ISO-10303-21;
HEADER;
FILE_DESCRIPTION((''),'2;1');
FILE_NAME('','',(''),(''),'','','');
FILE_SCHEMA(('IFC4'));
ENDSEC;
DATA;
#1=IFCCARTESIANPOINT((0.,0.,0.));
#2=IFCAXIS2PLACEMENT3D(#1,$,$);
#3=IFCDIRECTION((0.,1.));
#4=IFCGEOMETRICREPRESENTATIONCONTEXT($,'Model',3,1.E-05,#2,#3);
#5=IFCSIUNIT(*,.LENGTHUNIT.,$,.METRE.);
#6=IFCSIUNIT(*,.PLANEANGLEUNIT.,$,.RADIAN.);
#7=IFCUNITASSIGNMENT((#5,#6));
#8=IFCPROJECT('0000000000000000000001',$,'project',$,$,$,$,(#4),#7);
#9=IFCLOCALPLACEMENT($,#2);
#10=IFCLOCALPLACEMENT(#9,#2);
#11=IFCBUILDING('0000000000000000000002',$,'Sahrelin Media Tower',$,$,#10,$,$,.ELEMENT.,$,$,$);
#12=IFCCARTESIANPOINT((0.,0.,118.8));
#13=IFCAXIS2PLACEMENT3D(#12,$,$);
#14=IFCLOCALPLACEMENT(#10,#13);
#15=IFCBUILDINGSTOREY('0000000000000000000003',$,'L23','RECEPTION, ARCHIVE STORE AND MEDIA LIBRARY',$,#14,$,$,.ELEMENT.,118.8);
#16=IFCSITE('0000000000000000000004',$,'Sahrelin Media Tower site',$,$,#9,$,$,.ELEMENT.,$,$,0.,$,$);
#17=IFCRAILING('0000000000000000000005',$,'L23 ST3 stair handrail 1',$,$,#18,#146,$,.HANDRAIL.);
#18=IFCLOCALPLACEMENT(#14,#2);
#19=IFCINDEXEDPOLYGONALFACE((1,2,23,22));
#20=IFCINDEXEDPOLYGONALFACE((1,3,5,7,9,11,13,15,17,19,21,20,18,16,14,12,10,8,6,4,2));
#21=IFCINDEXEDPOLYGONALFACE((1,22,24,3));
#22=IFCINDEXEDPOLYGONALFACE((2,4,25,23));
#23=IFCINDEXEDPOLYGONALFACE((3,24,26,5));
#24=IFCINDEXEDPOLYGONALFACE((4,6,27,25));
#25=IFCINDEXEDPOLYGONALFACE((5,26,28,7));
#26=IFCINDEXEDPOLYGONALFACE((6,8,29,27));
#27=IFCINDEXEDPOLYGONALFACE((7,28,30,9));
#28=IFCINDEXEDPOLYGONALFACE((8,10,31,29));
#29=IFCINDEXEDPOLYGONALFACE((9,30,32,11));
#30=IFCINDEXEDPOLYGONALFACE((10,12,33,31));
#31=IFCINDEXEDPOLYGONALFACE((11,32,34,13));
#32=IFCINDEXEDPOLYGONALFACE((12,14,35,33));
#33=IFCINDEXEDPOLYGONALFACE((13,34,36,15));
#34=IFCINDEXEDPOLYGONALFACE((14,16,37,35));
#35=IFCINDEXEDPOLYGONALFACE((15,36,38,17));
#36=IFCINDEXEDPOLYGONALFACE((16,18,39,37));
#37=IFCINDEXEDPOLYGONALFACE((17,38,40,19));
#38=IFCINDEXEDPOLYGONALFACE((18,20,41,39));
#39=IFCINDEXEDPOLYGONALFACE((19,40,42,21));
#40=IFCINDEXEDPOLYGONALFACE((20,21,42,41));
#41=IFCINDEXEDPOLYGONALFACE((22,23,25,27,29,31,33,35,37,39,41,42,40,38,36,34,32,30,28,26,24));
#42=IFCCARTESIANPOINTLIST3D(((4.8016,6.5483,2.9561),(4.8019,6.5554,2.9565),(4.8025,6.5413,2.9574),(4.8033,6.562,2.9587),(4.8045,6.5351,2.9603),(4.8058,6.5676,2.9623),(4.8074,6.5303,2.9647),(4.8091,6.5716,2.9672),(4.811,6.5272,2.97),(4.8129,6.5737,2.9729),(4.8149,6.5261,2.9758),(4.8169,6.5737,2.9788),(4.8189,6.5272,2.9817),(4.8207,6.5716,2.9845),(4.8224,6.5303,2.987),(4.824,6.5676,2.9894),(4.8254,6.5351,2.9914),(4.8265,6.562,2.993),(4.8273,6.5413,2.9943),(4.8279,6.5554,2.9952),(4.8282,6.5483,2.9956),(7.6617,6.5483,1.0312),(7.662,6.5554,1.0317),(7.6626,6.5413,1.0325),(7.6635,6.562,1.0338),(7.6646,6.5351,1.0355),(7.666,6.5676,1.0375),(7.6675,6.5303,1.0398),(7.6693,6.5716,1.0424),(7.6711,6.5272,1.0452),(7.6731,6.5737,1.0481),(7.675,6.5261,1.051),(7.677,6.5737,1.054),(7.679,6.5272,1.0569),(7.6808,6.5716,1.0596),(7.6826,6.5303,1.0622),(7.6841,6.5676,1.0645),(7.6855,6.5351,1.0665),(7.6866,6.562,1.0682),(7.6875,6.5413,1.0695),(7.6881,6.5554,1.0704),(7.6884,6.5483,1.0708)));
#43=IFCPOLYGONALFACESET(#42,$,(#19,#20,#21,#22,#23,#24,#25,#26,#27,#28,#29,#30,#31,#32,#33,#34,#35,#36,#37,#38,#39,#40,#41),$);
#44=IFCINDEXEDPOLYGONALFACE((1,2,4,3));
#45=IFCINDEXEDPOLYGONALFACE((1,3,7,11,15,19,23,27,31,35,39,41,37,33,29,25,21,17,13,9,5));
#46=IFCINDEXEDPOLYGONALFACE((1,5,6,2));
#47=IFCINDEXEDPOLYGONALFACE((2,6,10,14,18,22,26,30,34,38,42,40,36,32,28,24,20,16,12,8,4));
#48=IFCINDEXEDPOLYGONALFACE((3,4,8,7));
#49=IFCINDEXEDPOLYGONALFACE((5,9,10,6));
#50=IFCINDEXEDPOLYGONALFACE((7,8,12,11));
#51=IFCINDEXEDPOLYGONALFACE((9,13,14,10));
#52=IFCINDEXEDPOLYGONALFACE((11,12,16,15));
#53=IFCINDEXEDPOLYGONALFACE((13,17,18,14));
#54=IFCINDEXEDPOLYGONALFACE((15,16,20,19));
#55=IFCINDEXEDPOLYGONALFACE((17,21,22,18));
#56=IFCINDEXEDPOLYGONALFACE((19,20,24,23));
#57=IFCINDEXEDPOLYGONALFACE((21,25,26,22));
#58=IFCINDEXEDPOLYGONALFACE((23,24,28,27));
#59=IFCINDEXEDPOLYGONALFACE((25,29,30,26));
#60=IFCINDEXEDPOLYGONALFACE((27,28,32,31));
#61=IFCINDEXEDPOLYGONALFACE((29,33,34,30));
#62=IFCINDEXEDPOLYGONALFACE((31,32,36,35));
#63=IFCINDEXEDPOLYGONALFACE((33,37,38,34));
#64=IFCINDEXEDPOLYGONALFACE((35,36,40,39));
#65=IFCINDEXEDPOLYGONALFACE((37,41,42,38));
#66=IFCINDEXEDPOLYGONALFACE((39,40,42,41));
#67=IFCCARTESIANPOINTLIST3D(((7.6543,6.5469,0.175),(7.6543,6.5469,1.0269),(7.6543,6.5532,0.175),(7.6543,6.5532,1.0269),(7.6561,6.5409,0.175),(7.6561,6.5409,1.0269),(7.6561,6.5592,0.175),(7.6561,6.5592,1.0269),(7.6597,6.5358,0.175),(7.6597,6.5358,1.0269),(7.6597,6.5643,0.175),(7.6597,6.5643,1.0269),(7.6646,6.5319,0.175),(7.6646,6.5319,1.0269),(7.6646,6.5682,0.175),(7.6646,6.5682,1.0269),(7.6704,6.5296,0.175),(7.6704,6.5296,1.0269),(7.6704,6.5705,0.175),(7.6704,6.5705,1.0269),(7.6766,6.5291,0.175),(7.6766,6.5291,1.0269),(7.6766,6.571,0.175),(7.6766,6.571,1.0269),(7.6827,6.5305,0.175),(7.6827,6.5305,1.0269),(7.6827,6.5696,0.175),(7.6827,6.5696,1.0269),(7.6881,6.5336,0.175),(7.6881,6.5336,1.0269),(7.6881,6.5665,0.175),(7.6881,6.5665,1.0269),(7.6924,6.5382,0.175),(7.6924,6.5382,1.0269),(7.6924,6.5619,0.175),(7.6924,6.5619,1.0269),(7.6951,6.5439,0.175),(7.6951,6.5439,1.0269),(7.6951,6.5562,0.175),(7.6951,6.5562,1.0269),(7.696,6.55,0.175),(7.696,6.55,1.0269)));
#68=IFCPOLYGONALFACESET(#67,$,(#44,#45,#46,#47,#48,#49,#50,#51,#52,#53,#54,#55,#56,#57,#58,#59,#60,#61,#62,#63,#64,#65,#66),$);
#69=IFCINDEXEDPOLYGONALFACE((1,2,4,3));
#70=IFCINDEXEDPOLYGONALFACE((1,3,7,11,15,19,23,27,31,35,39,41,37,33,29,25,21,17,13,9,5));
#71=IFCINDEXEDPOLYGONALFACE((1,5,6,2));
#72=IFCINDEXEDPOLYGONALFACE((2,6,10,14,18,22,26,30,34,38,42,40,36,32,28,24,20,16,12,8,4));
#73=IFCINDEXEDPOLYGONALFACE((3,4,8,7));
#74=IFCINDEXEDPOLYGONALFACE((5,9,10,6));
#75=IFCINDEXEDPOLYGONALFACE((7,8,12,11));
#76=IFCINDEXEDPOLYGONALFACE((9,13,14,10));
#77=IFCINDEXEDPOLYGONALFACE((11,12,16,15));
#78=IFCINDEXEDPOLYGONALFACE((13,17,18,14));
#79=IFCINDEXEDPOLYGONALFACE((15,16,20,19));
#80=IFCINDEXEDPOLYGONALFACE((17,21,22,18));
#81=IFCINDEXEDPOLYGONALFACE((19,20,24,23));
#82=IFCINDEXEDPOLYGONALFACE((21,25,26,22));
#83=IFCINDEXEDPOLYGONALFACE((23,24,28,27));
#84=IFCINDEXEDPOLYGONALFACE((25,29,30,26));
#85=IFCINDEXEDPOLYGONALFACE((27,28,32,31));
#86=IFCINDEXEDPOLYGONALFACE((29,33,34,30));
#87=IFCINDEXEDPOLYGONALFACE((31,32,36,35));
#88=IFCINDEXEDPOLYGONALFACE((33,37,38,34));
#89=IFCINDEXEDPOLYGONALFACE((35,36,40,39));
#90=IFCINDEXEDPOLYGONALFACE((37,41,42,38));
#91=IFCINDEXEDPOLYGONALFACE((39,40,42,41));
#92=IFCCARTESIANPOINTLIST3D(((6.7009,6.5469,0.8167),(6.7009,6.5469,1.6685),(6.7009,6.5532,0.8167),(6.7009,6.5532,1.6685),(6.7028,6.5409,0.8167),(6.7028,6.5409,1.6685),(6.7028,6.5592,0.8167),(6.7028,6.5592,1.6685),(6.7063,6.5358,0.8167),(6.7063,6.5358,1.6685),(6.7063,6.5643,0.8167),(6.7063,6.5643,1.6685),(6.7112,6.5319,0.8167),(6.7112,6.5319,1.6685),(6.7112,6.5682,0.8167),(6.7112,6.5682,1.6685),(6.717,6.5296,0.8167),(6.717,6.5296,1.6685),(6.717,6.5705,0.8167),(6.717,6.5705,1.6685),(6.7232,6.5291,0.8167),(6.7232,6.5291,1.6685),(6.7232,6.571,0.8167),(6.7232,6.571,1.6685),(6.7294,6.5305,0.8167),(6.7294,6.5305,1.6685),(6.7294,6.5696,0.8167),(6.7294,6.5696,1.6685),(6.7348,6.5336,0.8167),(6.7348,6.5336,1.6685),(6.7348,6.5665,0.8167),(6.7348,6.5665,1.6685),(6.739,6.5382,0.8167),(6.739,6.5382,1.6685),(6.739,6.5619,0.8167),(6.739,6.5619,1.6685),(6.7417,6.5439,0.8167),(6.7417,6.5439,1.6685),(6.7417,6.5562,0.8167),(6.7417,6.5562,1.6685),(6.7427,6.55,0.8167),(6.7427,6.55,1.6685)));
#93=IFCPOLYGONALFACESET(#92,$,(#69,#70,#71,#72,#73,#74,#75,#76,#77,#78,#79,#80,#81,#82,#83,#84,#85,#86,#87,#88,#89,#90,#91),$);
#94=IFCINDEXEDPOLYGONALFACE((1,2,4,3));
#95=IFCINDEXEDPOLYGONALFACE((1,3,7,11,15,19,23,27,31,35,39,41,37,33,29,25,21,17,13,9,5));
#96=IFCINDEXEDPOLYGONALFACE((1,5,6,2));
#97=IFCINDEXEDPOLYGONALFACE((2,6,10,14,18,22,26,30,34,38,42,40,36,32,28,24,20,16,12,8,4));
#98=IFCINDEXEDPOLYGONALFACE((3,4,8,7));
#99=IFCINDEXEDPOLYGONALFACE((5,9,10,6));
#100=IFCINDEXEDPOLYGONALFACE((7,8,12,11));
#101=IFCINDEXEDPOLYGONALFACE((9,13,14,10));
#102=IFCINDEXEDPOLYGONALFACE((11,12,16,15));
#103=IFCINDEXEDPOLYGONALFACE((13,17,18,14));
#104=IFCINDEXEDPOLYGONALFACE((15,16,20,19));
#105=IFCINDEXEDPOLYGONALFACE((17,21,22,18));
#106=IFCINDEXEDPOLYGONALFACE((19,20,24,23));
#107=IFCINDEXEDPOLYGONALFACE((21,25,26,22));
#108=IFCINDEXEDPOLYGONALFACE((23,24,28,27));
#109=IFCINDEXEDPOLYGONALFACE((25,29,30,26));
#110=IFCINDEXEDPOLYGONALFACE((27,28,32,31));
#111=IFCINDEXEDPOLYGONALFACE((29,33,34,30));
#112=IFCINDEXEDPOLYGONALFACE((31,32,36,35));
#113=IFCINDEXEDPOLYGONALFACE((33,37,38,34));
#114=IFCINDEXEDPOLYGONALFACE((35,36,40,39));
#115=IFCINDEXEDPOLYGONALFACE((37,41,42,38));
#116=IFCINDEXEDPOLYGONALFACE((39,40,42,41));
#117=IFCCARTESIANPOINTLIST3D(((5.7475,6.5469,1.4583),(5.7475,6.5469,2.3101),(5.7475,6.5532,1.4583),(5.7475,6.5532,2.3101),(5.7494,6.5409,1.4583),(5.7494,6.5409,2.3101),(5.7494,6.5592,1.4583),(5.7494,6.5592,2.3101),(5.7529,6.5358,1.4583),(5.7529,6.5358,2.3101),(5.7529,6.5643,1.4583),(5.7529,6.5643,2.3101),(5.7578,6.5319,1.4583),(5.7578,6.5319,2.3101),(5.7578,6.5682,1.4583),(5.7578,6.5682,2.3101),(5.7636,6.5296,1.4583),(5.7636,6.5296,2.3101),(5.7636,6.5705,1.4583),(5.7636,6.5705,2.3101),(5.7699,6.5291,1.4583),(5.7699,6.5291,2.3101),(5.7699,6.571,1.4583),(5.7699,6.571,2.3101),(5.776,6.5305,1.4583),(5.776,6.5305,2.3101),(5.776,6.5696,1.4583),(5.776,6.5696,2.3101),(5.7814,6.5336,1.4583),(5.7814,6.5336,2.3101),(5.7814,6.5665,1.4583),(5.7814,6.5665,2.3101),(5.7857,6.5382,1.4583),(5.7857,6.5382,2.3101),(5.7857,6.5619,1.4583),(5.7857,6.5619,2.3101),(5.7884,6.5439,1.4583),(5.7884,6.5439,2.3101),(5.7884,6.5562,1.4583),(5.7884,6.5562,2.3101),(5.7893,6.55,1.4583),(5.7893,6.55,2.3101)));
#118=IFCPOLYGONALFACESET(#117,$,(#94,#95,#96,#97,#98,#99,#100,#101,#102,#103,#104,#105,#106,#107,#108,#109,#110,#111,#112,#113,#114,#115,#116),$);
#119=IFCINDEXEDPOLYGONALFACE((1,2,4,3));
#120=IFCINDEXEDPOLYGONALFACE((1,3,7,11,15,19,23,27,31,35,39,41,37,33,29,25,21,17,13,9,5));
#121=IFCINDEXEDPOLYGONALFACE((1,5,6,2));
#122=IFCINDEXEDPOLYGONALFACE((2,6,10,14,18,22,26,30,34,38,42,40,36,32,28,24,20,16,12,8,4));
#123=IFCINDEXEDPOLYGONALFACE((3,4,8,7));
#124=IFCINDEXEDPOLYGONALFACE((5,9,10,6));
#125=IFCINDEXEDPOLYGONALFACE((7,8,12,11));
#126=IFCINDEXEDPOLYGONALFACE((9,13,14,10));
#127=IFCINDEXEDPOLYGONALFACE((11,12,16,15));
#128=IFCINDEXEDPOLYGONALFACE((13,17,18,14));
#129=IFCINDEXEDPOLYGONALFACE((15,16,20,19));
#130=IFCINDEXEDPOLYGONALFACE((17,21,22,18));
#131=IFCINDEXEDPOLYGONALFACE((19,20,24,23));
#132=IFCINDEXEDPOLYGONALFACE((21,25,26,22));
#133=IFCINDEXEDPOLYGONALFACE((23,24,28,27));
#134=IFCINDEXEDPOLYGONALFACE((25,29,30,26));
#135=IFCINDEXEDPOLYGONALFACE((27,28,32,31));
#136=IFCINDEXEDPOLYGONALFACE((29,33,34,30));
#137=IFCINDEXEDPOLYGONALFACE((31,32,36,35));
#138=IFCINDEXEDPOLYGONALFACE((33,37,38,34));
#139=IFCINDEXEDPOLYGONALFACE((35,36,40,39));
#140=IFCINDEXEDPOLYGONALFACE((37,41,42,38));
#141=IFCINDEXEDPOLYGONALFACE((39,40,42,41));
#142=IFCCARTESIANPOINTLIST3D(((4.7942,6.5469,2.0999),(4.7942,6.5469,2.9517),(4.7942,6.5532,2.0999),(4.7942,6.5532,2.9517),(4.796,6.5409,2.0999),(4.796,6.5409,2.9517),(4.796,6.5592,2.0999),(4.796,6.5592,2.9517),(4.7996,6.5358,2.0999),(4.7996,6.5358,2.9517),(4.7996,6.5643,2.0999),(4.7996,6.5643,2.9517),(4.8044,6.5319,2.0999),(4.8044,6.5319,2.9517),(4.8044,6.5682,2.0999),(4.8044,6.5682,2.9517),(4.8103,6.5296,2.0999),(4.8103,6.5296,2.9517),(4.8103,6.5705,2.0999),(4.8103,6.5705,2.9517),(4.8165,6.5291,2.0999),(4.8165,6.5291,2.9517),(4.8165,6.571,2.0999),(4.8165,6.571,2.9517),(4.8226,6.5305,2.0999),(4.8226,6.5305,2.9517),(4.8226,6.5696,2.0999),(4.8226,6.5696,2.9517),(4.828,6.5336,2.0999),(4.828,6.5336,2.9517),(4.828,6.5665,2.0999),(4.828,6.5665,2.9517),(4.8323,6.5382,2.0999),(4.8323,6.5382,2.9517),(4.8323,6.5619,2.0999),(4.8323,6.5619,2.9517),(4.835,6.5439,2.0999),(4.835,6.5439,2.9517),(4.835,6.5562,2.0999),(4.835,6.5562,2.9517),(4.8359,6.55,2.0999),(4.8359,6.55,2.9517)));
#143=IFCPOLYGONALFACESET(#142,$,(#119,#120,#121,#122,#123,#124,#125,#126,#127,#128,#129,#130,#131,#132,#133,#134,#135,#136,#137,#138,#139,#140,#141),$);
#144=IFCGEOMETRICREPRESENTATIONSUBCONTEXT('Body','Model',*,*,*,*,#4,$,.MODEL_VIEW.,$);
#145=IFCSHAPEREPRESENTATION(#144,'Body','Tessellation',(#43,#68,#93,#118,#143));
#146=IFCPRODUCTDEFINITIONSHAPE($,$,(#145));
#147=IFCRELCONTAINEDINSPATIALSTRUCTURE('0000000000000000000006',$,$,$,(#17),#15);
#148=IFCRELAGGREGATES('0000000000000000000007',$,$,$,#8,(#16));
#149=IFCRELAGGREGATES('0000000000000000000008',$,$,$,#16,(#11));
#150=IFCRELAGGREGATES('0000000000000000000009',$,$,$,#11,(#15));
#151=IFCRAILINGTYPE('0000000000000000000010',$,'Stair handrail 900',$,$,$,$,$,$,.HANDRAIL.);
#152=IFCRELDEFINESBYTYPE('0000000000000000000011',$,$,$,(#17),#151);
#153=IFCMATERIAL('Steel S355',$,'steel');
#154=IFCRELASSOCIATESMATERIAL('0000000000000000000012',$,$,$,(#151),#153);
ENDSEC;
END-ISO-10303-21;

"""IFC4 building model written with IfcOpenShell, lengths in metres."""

from ifc_helpers import new_model, si_unit, direction, frame, origin, origin_2d, place, context, subcontext, project, spatial, circle, extrude, material, type_object, element, save


model = new_model("IFC4")

# Units and contexts
model_context = context("Model", 3, precision=1e-05, world=origin(), true_north=direction((0.0, 1.0)))
body_context = subcontext(model_context, "Body", "Model", "MODEL_VIEW")
ifc_project = project(units=[si_unit("LENGTHUNIT", "METRE"), si_unit("PLANEANGLEUNIT", "RADIAN")], contexts=[model_context])

# Site, building, storey
site_placement = place(None, origin())
site = spatial("IfcSite", under=ifc_project, at=site_placement, Name="Sahrelin Media Tower site", CompositionType="ELEMENT", RefElevation=0.0)
building_placement = place(site_placement, origin())
building = spatial("IfcBuilding", under=site, at=building_placement, Name="Sahrelin Media Tower", CompositionType="ELEMENT")
storey_placement = place(building_placement, frame((0.0, 0.0, 118.8)))
storey = spatial("IfcBuildingStorey", under=building, at=storey_placement, Name="L23", Description="RECEPTION, ARCHIVE STORE AND MEDIA LIBRARY", CompositionType="ELEMENT", Elevation=118.8)

# Shared definitions
ifc_material_1 = material(Name="Steel S355", Category="steel")

# Railing
railing_type_1 = type_object("IfcRailingType", Name="Stair handrail 900", PredefinedType="HANDRAIL", material=ifc_material_1)
railing_1_placement = place(storey_placement, frame((7.675, 6.55, 0.175)))
element("IfcRailing", 1, at=railing_1_placement, inside=storey, type_object=railing_type_1, Name="L23 ST3 stair handrail 1", PredefinedType="HANDRAIL", context=body_context, shape_type="SweptSolid", body=[
    extrude(circle(Radius=0.0239, at=origin_2d()), frame((0.0, 0.0, 0.876), z_axis=(-0.829624, 0.0, 0.558323), x_axis=(0.0, -1.0, 0.0)), (0.0, 0.0, 1.0), 3.4475),
    extrude(circle(Radius=0.021, at=origin_2d()), origin(), (0.0, 0.0, 1.0), 0.8518),
    extrude(circle(Radius=0.021, at=origin_2d()), frame((-0.9534, 0.0, 0.6416)), (0.0, 0.0, 1.0), 0.8518),
    extrude(circle(Radius=0.021, at=origin_2d()), frame((-1.9067, 0.0, 1.2832)), (0.0, 0.0, 1.0), 0.8518),
    extrude(circle(Radius=0.021, at=origin_2d()), frame((-2.8601, 0.0, 1.9248)), (0.0, 0.0, 1.0), 0.8518),
])

save(model, "model.ifc")
